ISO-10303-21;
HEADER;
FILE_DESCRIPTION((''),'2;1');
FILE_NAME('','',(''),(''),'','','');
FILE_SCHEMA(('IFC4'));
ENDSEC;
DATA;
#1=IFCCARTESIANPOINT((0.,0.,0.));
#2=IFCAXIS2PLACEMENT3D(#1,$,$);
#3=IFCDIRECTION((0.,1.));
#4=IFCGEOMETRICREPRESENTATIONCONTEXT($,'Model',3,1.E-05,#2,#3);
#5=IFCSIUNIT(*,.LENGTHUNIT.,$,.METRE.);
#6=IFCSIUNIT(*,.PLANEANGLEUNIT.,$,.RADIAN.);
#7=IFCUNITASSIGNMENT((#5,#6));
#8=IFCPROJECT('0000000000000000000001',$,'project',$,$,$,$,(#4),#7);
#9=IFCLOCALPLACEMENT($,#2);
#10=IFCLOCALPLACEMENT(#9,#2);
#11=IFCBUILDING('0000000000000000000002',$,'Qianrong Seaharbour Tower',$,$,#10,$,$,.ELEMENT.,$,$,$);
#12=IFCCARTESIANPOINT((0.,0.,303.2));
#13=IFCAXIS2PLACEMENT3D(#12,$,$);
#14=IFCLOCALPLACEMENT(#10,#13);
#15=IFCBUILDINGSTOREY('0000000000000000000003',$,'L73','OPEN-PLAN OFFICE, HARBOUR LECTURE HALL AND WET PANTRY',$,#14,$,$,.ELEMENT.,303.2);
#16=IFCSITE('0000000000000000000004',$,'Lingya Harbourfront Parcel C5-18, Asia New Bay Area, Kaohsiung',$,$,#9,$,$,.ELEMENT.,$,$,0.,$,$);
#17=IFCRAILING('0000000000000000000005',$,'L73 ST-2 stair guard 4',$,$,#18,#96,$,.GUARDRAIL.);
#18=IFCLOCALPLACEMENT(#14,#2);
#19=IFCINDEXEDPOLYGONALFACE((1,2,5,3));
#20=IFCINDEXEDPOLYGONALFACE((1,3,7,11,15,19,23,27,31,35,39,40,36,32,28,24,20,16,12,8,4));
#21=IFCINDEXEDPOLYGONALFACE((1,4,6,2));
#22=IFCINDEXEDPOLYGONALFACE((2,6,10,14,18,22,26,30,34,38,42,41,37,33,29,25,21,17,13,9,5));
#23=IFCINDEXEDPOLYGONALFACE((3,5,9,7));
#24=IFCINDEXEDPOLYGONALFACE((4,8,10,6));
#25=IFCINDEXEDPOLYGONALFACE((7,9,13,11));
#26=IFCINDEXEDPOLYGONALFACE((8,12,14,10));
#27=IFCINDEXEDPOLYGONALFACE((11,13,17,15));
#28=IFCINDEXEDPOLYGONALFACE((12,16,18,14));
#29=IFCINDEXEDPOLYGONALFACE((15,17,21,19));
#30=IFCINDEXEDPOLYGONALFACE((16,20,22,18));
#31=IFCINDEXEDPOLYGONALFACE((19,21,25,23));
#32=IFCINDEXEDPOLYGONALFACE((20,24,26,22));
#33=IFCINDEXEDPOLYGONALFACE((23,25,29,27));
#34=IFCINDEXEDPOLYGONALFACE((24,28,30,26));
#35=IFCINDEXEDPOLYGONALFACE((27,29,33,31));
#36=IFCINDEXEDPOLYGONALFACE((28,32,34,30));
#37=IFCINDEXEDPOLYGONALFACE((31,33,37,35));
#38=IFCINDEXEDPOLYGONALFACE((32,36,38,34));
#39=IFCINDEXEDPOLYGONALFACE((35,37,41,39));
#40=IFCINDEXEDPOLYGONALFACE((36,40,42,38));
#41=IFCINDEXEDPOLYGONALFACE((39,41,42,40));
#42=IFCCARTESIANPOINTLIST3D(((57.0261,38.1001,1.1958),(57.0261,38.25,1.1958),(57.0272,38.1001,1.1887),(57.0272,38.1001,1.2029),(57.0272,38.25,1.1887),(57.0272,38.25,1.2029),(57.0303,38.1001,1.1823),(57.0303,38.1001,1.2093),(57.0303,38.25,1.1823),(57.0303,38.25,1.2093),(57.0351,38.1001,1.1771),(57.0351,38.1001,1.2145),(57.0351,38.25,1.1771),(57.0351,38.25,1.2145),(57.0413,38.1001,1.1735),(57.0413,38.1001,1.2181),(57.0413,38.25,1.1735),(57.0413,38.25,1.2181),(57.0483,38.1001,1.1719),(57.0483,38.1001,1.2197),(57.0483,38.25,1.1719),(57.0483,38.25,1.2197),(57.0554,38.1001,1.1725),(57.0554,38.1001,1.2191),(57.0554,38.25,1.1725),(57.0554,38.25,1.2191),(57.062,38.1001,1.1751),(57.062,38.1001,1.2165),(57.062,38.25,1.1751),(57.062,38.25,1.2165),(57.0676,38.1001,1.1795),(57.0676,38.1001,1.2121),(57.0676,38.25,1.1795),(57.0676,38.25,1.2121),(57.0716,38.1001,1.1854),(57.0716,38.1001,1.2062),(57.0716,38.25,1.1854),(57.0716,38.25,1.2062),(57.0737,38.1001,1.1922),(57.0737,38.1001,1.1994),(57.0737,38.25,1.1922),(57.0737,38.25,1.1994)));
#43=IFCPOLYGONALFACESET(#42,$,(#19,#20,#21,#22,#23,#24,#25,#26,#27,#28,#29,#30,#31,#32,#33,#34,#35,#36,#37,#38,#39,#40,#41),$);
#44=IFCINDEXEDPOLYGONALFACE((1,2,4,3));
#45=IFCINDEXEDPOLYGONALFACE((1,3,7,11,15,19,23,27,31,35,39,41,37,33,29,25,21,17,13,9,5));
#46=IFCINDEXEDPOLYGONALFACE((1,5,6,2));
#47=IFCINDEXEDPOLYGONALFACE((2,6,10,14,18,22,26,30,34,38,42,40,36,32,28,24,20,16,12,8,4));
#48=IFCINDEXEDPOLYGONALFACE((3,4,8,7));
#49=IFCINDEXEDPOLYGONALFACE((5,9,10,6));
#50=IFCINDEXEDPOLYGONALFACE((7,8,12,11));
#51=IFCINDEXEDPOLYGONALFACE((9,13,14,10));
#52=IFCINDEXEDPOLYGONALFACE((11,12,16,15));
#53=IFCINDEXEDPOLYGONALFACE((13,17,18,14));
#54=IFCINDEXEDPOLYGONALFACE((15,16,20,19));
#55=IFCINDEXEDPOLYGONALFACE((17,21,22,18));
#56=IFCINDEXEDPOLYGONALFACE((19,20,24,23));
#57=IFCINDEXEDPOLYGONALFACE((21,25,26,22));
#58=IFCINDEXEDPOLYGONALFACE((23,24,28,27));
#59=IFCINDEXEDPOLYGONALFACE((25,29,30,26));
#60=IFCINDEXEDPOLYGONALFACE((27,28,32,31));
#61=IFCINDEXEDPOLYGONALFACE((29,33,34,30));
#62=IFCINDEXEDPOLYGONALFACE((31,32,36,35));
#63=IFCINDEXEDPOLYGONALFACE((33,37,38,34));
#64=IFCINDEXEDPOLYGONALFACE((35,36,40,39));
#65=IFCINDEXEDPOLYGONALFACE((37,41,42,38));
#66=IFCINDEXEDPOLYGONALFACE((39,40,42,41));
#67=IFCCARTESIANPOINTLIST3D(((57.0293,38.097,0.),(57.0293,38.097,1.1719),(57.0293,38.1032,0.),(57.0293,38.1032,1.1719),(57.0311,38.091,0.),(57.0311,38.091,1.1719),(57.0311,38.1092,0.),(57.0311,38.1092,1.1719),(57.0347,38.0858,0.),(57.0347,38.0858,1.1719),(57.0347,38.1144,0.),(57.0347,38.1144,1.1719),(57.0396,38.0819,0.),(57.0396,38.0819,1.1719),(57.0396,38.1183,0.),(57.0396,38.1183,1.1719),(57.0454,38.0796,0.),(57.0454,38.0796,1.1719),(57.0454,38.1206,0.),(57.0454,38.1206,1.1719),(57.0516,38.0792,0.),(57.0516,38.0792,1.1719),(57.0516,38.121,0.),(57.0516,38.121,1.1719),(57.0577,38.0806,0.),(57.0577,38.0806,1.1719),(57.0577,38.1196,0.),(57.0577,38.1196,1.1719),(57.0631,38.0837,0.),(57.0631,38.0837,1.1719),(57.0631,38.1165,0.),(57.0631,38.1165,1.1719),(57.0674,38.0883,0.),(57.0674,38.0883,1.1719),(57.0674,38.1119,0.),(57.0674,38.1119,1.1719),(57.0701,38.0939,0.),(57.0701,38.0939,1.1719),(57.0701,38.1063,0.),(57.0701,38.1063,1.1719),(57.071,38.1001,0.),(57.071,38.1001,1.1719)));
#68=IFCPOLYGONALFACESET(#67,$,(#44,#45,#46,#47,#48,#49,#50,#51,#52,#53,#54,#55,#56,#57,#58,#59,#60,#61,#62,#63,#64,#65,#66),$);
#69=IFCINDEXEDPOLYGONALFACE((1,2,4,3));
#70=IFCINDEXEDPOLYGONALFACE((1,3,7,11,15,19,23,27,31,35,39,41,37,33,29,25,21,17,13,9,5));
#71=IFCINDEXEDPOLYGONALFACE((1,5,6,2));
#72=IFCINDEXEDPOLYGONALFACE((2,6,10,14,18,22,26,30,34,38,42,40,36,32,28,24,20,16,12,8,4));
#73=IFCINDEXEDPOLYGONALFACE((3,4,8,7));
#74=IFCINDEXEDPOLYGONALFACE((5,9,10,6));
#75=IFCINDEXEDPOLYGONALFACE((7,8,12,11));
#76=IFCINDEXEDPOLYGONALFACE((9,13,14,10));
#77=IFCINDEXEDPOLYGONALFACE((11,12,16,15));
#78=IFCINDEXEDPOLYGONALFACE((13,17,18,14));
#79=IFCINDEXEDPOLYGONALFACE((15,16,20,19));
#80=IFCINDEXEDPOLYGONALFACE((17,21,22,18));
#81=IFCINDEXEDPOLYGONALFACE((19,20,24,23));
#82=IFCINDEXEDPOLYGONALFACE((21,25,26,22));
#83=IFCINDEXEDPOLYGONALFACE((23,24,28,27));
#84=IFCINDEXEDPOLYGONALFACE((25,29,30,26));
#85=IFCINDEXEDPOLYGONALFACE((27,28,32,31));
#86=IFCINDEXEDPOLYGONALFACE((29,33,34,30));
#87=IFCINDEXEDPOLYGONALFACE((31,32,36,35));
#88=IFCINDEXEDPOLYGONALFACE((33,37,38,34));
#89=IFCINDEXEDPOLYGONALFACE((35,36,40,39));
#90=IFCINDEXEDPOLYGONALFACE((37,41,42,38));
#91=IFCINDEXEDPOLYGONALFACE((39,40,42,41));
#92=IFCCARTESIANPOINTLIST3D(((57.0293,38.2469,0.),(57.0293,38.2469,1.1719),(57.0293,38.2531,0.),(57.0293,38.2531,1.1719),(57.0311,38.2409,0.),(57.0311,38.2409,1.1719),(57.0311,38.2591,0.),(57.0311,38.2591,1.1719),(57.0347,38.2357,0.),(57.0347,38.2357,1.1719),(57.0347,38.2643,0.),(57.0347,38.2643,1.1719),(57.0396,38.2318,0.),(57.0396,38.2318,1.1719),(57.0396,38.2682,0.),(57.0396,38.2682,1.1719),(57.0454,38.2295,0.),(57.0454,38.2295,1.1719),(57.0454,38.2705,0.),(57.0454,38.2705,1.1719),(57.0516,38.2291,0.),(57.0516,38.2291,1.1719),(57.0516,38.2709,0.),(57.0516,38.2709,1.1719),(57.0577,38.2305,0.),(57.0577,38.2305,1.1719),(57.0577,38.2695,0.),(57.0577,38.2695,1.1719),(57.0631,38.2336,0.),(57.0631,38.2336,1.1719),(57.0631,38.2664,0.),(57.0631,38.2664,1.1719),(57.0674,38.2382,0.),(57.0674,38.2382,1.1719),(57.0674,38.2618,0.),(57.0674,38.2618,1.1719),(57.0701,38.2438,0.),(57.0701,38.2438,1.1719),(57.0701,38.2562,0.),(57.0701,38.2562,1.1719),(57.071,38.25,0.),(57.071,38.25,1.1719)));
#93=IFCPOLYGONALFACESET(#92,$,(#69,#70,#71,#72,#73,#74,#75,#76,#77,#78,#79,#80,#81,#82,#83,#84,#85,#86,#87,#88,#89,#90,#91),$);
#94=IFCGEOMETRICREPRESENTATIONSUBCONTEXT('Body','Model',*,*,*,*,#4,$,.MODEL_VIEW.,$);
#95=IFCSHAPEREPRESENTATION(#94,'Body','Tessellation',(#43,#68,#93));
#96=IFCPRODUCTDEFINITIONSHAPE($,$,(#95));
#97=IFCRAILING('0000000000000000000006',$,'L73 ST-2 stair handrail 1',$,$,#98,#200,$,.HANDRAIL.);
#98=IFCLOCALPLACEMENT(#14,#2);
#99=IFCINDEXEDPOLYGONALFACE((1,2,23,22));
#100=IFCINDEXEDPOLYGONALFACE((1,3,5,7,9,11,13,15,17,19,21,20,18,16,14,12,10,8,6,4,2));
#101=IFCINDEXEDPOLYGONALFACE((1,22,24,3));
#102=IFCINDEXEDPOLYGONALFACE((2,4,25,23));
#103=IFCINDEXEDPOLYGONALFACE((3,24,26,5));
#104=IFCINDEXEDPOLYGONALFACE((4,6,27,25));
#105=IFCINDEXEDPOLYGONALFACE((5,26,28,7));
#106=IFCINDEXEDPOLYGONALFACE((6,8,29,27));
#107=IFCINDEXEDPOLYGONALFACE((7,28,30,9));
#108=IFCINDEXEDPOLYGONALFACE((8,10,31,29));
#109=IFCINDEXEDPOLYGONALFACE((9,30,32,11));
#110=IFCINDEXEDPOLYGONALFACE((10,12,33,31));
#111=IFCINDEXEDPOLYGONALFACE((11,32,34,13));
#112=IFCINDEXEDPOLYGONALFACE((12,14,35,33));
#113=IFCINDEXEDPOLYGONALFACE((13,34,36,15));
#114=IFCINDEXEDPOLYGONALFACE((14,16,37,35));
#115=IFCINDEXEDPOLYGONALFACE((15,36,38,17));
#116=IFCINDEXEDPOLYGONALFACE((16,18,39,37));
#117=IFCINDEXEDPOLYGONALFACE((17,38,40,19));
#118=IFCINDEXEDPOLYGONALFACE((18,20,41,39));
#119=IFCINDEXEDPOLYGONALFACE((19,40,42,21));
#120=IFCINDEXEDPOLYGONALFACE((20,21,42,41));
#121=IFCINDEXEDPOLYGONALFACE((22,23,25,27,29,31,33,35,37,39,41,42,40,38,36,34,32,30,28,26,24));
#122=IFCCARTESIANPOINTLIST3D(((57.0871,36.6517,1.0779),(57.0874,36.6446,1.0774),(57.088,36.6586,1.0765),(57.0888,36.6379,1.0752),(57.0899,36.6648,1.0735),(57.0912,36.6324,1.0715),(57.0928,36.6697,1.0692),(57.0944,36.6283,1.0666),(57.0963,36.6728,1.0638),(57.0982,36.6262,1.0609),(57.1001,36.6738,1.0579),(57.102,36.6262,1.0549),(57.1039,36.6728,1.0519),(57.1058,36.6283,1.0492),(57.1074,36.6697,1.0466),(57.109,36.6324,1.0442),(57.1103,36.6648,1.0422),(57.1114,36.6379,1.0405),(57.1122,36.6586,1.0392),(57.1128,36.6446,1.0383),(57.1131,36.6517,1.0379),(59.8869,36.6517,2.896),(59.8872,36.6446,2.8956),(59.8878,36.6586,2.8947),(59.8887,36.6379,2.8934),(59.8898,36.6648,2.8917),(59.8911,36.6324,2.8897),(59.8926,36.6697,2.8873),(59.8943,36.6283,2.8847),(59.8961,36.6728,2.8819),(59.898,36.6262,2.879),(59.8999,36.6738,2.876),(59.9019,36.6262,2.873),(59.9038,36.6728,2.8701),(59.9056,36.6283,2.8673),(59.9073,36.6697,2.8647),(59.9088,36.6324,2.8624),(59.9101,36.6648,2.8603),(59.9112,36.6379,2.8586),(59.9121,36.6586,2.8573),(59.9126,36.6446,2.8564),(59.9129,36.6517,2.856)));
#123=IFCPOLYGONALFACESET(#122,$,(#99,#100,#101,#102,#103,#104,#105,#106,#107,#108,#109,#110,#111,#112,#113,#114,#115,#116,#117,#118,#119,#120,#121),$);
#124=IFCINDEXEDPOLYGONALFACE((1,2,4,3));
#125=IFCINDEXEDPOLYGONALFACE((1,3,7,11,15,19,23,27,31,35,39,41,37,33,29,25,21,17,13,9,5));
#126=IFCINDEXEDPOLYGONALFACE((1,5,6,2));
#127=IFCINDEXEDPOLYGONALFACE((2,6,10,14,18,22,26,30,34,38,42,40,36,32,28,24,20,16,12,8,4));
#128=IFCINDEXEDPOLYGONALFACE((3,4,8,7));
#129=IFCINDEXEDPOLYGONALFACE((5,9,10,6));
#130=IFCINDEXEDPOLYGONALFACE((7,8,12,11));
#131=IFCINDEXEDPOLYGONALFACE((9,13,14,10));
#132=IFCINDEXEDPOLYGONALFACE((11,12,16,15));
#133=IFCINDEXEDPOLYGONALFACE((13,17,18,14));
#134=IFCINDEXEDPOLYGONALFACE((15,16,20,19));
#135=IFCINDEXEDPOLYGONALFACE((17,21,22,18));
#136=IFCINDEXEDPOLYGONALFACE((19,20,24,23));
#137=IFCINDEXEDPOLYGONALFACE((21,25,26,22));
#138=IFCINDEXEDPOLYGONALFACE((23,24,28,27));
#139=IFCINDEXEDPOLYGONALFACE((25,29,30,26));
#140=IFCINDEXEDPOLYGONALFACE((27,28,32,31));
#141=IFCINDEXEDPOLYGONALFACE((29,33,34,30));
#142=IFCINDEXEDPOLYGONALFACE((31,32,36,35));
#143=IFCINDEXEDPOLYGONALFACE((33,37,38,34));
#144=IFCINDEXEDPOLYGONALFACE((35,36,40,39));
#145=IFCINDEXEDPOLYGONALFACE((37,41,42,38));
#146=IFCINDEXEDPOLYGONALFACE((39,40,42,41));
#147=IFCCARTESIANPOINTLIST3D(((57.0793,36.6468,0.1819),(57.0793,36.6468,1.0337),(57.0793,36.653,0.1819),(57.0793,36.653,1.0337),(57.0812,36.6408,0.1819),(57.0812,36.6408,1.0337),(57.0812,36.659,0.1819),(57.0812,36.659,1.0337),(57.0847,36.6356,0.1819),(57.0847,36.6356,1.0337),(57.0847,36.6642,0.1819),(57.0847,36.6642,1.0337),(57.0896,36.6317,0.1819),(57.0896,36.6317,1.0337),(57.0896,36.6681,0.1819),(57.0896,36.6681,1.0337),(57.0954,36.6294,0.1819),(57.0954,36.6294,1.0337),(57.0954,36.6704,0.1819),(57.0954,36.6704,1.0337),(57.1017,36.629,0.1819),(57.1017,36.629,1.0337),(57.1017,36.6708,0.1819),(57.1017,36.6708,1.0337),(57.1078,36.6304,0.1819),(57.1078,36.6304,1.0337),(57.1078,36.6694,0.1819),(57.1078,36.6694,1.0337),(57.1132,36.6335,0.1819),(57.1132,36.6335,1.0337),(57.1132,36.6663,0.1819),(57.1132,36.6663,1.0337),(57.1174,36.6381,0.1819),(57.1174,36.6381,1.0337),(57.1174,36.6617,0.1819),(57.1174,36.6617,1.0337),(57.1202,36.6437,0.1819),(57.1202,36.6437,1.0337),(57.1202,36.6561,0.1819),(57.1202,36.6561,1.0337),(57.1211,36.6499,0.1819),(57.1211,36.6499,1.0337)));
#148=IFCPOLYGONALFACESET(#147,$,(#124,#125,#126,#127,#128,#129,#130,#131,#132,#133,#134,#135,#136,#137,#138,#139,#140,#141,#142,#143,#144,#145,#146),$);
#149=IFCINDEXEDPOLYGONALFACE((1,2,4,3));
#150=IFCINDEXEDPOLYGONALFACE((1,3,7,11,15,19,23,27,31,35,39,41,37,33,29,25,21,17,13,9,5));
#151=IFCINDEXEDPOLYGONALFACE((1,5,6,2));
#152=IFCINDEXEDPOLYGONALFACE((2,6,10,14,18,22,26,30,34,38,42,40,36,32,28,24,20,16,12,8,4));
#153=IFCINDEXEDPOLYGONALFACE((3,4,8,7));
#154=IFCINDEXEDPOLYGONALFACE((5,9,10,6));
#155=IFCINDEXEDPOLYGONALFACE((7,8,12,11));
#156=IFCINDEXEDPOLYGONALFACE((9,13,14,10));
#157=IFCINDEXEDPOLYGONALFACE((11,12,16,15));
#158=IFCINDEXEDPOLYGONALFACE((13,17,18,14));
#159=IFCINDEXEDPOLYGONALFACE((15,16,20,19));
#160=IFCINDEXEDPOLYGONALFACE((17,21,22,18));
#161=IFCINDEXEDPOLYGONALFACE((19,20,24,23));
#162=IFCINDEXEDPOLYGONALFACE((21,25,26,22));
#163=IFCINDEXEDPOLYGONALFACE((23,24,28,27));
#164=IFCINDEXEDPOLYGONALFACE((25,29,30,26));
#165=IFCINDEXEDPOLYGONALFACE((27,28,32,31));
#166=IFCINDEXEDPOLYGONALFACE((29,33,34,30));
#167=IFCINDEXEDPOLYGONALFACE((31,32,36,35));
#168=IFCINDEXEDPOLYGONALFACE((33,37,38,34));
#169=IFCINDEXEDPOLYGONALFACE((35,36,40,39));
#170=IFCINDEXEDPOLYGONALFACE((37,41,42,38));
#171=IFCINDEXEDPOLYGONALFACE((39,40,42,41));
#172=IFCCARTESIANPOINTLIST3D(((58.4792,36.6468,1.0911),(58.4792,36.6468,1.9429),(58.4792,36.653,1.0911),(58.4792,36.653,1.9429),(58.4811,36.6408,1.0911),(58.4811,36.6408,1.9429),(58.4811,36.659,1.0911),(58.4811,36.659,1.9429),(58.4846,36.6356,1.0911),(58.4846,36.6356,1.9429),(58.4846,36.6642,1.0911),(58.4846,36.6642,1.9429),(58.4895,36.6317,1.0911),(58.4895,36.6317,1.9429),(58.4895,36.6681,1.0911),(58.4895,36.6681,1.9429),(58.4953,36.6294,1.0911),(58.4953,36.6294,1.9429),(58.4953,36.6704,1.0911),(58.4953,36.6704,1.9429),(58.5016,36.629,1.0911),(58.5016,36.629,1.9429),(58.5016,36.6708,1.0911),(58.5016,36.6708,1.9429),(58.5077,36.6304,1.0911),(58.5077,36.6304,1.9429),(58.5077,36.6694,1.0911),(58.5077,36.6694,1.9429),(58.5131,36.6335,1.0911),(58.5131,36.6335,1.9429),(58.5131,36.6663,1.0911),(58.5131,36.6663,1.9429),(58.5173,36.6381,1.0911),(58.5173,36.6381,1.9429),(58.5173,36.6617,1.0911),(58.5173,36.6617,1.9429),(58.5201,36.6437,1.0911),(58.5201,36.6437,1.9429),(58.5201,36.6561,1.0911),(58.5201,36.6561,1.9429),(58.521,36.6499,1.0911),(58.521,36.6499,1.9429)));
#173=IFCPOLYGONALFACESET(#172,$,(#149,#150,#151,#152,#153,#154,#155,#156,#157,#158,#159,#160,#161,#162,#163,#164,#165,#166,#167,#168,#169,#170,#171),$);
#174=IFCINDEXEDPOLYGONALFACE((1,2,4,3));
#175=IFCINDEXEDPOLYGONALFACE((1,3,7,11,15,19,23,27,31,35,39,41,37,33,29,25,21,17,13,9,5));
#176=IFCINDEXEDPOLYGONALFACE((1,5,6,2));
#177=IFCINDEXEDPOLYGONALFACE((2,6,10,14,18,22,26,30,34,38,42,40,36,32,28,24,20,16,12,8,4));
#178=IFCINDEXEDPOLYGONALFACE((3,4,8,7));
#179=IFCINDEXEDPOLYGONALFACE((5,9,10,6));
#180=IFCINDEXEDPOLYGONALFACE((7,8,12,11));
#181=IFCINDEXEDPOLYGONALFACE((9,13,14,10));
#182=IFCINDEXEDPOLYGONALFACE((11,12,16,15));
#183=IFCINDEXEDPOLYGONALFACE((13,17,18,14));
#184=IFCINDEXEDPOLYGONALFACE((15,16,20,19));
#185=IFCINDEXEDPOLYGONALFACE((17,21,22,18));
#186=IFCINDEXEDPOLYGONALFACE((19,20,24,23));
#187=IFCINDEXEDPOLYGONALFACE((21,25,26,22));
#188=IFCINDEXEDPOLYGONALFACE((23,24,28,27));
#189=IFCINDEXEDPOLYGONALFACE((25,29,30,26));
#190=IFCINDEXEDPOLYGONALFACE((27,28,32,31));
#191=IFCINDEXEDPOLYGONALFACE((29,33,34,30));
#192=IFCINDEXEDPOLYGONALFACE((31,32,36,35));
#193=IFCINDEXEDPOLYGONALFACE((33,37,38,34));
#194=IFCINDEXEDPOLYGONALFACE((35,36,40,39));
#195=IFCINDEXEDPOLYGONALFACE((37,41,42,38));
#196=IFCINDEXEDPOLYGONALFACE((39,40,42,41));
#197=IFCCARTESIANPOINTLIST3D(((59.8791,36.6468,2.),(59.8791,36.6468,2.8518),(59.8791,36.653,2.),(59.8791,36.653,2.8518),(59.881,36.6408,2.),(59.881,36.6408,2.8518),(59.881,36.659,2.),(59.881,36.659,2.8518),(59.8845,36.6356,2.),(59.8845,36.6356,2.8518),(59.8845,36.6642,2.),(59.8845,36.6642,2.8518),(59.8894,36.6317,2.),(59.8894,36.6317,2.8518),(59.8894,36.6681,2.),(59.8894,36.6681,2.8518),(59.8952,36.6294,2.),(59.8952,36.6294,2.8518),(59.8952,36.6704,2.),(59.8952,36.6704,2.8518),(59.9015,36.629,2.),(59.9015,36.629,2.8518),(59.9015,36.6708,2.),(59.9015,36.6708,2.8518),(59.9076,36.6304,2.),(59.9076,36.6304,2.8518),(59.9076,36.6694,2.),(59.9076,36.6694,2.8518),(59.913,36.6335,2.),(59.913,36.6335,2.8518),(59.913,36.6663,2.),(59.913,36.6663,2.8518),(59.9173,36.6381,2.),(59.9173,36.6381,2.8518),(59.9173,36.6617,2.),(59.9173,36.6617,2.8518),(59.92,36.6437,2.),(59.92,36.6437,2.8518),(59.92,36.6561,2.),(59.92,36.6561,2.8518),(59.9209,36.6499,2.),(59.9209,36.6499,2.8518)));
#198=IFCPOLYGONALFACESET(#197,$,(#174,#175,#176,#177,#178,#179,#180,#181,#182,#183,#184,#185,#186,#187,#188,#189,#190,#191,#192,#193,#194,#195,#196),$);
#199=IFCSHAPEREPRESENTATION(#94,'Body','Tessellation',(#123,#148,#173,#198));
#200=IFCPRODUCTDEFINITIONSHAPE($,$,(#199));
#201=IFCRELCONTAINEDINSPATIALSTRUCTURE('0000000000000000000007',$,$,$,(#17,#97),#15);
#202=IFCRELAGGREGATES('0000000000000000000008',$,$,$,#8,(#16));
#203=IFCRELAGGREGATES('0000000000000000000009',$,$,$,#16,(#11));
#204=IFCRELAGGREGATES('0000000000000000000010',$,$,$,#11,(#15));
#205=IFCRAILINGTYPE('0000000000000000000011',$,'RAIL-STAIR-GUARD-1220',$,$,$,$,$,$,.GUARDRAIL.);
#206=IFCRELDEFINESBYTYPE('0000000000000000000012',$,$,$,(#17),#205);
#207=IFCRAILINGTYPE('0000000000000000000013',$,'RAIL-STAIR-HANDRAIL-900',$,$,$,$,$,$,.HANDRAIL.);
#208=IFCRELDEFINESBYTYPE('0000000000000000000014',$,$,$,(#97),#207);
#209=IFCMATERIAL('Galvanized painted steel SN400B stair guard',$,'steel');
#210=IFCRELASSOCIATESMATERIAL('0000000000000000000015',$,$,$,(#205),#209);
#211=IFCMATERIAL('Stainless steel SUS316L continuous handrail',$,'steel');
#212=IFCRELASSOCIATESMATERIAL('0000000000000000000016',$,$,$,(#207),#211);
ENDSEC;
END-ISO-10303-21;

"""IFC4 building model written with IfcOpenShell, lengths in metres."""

from ifc_helpers import new_model, si_unit, direction, frame, origin, origin_2d, place, context, subcontext, project, spatial, circle, extrude, material, type_object, element, save


model = new_model("IFC4")

# Units and contexts
model_context = context("Model", 3, precision=1e-05, world=origin(), true_north=direction((0.0, 1.0)))
body_context = subcontext(model_context, "Body", "Model", "MODEL_VIEW")
ifc_project = project(units=[si_unit("LENGTHUNIT", "METRE"), si_unit("PLANEANGLEUNIT", "RADIAN")], contexts=[model_context])

# Site, building, storey
site_placement = place(None, origin())
site = spatial("IfcSite", under=ifc_project, at=site_placement, Name="Lingya Harbourfront Parcel C5-18, Asia New Bay Area, Kaohsiung", CompositionType="ELEMENT", RefElevation=0.0)
building_placement = place(site_placement, origin())
building = spatial("IfcBuilding", under=site, at=building_placement, Name="Qianrong Seaharbour Tower", CompositionType="ELEMENT")
storey_placement = place(building_placement, frame((0.0, 0.0, 303.2)))
storey = spatial("IfcBuildingStorey", under=building, at=storey_placement, Name="L73", Description="OPEN-PLAN OFFICE, HARBOUR LECTURE HALL AND WET PANTRY", CompositionType="ELEMENT", Elevation=303.2)

# Railings
ifc_material_1 = material(Name="Galvanized painted steel SN400B stair guard", Category="steel")
railing_type_1 = type_object("IfcRailingType", Name="RAIL-STAIR-GUARD-1220", PredefinedType="GUARDRAIL", material=ifc_material_1)
railing_1_placement = place(storey_placement, frame((57.05, 38.1001, 0.0)))
element("IfcRailing", 1, at=railing_1_placement, inside=storey, type_object=railing_type_1, Name="L73 ST-2 stair guard 4", PredefinedType="GUARDRAIL", context=body_context, shape_type="SweptSolid", body=[
    extrude(circle(Radius=0.0239, at=origin_2d()), frame((0.0, 0.0, 1.1958), z_axis=(0.0, 1.0, 0.0), x_axis=(-1.0, 0.0, 0.0)), (0.0, 0.0, 1.0), 0.1499),
    extrude(circle(Radius=0.021, at=origin_2d()), origin(), (0.0, 0.0, 1.0), 1.1719),
    extrude(circle(Radius=0.021, at=origin_2d()), frame((0.0, 0.1499, 0.0)), (0.0, 0.0, 1.0), 1.1719),
])
ifc_material_2 = material(Name="Stainless steel SUS316L continuous handrail", Category="steel")
railing_type_2 = type_object("IfcRailingType", Name="RAIL-STAIR-HANDRAIL-900", PredefinedType="HANDRAIL", material=ifc_material_2)
railing_2_placement = place(storey_placement, frame((57.1001, 36.6499, 0.1819)))
element("IfcRailing", 2, at=railing_2_placement, inside=storey, type_object=railing_type_2, Name="L73 ST-2 stair handrail 1", PredefinedType="HANDRAIL", context=body_context, shape_type="SweptSolid", body=[
    extrude(circle(Radius=0.0239, at=origin_2d()), frame((0.0, 0.0, 0.876), z_axis=(0.838684, 0.0, 0.544618), x_axis=(0.0, 1.0, 0.0)), (0.0, 0.0, 1.0), 3.3384),
    extrude(circle(Radius=0.021, at=origin_2d()), origin(), (0.0, 0.0, 1.0), 0.8518),
    extrude(circle(Radius=0.021, at=origin_2d()), frame((1.3999, 0.0, 0.9092)), (0.0, 0.0, 1.0), 0.8518),
    extrude(circle(Radius=0.021, at=origin_2d()), frame((2.7998, 0.0, 1.8181)), (0.0, 0.0, 1.0), 0.8518),
])

save(model, "model.ifc")
